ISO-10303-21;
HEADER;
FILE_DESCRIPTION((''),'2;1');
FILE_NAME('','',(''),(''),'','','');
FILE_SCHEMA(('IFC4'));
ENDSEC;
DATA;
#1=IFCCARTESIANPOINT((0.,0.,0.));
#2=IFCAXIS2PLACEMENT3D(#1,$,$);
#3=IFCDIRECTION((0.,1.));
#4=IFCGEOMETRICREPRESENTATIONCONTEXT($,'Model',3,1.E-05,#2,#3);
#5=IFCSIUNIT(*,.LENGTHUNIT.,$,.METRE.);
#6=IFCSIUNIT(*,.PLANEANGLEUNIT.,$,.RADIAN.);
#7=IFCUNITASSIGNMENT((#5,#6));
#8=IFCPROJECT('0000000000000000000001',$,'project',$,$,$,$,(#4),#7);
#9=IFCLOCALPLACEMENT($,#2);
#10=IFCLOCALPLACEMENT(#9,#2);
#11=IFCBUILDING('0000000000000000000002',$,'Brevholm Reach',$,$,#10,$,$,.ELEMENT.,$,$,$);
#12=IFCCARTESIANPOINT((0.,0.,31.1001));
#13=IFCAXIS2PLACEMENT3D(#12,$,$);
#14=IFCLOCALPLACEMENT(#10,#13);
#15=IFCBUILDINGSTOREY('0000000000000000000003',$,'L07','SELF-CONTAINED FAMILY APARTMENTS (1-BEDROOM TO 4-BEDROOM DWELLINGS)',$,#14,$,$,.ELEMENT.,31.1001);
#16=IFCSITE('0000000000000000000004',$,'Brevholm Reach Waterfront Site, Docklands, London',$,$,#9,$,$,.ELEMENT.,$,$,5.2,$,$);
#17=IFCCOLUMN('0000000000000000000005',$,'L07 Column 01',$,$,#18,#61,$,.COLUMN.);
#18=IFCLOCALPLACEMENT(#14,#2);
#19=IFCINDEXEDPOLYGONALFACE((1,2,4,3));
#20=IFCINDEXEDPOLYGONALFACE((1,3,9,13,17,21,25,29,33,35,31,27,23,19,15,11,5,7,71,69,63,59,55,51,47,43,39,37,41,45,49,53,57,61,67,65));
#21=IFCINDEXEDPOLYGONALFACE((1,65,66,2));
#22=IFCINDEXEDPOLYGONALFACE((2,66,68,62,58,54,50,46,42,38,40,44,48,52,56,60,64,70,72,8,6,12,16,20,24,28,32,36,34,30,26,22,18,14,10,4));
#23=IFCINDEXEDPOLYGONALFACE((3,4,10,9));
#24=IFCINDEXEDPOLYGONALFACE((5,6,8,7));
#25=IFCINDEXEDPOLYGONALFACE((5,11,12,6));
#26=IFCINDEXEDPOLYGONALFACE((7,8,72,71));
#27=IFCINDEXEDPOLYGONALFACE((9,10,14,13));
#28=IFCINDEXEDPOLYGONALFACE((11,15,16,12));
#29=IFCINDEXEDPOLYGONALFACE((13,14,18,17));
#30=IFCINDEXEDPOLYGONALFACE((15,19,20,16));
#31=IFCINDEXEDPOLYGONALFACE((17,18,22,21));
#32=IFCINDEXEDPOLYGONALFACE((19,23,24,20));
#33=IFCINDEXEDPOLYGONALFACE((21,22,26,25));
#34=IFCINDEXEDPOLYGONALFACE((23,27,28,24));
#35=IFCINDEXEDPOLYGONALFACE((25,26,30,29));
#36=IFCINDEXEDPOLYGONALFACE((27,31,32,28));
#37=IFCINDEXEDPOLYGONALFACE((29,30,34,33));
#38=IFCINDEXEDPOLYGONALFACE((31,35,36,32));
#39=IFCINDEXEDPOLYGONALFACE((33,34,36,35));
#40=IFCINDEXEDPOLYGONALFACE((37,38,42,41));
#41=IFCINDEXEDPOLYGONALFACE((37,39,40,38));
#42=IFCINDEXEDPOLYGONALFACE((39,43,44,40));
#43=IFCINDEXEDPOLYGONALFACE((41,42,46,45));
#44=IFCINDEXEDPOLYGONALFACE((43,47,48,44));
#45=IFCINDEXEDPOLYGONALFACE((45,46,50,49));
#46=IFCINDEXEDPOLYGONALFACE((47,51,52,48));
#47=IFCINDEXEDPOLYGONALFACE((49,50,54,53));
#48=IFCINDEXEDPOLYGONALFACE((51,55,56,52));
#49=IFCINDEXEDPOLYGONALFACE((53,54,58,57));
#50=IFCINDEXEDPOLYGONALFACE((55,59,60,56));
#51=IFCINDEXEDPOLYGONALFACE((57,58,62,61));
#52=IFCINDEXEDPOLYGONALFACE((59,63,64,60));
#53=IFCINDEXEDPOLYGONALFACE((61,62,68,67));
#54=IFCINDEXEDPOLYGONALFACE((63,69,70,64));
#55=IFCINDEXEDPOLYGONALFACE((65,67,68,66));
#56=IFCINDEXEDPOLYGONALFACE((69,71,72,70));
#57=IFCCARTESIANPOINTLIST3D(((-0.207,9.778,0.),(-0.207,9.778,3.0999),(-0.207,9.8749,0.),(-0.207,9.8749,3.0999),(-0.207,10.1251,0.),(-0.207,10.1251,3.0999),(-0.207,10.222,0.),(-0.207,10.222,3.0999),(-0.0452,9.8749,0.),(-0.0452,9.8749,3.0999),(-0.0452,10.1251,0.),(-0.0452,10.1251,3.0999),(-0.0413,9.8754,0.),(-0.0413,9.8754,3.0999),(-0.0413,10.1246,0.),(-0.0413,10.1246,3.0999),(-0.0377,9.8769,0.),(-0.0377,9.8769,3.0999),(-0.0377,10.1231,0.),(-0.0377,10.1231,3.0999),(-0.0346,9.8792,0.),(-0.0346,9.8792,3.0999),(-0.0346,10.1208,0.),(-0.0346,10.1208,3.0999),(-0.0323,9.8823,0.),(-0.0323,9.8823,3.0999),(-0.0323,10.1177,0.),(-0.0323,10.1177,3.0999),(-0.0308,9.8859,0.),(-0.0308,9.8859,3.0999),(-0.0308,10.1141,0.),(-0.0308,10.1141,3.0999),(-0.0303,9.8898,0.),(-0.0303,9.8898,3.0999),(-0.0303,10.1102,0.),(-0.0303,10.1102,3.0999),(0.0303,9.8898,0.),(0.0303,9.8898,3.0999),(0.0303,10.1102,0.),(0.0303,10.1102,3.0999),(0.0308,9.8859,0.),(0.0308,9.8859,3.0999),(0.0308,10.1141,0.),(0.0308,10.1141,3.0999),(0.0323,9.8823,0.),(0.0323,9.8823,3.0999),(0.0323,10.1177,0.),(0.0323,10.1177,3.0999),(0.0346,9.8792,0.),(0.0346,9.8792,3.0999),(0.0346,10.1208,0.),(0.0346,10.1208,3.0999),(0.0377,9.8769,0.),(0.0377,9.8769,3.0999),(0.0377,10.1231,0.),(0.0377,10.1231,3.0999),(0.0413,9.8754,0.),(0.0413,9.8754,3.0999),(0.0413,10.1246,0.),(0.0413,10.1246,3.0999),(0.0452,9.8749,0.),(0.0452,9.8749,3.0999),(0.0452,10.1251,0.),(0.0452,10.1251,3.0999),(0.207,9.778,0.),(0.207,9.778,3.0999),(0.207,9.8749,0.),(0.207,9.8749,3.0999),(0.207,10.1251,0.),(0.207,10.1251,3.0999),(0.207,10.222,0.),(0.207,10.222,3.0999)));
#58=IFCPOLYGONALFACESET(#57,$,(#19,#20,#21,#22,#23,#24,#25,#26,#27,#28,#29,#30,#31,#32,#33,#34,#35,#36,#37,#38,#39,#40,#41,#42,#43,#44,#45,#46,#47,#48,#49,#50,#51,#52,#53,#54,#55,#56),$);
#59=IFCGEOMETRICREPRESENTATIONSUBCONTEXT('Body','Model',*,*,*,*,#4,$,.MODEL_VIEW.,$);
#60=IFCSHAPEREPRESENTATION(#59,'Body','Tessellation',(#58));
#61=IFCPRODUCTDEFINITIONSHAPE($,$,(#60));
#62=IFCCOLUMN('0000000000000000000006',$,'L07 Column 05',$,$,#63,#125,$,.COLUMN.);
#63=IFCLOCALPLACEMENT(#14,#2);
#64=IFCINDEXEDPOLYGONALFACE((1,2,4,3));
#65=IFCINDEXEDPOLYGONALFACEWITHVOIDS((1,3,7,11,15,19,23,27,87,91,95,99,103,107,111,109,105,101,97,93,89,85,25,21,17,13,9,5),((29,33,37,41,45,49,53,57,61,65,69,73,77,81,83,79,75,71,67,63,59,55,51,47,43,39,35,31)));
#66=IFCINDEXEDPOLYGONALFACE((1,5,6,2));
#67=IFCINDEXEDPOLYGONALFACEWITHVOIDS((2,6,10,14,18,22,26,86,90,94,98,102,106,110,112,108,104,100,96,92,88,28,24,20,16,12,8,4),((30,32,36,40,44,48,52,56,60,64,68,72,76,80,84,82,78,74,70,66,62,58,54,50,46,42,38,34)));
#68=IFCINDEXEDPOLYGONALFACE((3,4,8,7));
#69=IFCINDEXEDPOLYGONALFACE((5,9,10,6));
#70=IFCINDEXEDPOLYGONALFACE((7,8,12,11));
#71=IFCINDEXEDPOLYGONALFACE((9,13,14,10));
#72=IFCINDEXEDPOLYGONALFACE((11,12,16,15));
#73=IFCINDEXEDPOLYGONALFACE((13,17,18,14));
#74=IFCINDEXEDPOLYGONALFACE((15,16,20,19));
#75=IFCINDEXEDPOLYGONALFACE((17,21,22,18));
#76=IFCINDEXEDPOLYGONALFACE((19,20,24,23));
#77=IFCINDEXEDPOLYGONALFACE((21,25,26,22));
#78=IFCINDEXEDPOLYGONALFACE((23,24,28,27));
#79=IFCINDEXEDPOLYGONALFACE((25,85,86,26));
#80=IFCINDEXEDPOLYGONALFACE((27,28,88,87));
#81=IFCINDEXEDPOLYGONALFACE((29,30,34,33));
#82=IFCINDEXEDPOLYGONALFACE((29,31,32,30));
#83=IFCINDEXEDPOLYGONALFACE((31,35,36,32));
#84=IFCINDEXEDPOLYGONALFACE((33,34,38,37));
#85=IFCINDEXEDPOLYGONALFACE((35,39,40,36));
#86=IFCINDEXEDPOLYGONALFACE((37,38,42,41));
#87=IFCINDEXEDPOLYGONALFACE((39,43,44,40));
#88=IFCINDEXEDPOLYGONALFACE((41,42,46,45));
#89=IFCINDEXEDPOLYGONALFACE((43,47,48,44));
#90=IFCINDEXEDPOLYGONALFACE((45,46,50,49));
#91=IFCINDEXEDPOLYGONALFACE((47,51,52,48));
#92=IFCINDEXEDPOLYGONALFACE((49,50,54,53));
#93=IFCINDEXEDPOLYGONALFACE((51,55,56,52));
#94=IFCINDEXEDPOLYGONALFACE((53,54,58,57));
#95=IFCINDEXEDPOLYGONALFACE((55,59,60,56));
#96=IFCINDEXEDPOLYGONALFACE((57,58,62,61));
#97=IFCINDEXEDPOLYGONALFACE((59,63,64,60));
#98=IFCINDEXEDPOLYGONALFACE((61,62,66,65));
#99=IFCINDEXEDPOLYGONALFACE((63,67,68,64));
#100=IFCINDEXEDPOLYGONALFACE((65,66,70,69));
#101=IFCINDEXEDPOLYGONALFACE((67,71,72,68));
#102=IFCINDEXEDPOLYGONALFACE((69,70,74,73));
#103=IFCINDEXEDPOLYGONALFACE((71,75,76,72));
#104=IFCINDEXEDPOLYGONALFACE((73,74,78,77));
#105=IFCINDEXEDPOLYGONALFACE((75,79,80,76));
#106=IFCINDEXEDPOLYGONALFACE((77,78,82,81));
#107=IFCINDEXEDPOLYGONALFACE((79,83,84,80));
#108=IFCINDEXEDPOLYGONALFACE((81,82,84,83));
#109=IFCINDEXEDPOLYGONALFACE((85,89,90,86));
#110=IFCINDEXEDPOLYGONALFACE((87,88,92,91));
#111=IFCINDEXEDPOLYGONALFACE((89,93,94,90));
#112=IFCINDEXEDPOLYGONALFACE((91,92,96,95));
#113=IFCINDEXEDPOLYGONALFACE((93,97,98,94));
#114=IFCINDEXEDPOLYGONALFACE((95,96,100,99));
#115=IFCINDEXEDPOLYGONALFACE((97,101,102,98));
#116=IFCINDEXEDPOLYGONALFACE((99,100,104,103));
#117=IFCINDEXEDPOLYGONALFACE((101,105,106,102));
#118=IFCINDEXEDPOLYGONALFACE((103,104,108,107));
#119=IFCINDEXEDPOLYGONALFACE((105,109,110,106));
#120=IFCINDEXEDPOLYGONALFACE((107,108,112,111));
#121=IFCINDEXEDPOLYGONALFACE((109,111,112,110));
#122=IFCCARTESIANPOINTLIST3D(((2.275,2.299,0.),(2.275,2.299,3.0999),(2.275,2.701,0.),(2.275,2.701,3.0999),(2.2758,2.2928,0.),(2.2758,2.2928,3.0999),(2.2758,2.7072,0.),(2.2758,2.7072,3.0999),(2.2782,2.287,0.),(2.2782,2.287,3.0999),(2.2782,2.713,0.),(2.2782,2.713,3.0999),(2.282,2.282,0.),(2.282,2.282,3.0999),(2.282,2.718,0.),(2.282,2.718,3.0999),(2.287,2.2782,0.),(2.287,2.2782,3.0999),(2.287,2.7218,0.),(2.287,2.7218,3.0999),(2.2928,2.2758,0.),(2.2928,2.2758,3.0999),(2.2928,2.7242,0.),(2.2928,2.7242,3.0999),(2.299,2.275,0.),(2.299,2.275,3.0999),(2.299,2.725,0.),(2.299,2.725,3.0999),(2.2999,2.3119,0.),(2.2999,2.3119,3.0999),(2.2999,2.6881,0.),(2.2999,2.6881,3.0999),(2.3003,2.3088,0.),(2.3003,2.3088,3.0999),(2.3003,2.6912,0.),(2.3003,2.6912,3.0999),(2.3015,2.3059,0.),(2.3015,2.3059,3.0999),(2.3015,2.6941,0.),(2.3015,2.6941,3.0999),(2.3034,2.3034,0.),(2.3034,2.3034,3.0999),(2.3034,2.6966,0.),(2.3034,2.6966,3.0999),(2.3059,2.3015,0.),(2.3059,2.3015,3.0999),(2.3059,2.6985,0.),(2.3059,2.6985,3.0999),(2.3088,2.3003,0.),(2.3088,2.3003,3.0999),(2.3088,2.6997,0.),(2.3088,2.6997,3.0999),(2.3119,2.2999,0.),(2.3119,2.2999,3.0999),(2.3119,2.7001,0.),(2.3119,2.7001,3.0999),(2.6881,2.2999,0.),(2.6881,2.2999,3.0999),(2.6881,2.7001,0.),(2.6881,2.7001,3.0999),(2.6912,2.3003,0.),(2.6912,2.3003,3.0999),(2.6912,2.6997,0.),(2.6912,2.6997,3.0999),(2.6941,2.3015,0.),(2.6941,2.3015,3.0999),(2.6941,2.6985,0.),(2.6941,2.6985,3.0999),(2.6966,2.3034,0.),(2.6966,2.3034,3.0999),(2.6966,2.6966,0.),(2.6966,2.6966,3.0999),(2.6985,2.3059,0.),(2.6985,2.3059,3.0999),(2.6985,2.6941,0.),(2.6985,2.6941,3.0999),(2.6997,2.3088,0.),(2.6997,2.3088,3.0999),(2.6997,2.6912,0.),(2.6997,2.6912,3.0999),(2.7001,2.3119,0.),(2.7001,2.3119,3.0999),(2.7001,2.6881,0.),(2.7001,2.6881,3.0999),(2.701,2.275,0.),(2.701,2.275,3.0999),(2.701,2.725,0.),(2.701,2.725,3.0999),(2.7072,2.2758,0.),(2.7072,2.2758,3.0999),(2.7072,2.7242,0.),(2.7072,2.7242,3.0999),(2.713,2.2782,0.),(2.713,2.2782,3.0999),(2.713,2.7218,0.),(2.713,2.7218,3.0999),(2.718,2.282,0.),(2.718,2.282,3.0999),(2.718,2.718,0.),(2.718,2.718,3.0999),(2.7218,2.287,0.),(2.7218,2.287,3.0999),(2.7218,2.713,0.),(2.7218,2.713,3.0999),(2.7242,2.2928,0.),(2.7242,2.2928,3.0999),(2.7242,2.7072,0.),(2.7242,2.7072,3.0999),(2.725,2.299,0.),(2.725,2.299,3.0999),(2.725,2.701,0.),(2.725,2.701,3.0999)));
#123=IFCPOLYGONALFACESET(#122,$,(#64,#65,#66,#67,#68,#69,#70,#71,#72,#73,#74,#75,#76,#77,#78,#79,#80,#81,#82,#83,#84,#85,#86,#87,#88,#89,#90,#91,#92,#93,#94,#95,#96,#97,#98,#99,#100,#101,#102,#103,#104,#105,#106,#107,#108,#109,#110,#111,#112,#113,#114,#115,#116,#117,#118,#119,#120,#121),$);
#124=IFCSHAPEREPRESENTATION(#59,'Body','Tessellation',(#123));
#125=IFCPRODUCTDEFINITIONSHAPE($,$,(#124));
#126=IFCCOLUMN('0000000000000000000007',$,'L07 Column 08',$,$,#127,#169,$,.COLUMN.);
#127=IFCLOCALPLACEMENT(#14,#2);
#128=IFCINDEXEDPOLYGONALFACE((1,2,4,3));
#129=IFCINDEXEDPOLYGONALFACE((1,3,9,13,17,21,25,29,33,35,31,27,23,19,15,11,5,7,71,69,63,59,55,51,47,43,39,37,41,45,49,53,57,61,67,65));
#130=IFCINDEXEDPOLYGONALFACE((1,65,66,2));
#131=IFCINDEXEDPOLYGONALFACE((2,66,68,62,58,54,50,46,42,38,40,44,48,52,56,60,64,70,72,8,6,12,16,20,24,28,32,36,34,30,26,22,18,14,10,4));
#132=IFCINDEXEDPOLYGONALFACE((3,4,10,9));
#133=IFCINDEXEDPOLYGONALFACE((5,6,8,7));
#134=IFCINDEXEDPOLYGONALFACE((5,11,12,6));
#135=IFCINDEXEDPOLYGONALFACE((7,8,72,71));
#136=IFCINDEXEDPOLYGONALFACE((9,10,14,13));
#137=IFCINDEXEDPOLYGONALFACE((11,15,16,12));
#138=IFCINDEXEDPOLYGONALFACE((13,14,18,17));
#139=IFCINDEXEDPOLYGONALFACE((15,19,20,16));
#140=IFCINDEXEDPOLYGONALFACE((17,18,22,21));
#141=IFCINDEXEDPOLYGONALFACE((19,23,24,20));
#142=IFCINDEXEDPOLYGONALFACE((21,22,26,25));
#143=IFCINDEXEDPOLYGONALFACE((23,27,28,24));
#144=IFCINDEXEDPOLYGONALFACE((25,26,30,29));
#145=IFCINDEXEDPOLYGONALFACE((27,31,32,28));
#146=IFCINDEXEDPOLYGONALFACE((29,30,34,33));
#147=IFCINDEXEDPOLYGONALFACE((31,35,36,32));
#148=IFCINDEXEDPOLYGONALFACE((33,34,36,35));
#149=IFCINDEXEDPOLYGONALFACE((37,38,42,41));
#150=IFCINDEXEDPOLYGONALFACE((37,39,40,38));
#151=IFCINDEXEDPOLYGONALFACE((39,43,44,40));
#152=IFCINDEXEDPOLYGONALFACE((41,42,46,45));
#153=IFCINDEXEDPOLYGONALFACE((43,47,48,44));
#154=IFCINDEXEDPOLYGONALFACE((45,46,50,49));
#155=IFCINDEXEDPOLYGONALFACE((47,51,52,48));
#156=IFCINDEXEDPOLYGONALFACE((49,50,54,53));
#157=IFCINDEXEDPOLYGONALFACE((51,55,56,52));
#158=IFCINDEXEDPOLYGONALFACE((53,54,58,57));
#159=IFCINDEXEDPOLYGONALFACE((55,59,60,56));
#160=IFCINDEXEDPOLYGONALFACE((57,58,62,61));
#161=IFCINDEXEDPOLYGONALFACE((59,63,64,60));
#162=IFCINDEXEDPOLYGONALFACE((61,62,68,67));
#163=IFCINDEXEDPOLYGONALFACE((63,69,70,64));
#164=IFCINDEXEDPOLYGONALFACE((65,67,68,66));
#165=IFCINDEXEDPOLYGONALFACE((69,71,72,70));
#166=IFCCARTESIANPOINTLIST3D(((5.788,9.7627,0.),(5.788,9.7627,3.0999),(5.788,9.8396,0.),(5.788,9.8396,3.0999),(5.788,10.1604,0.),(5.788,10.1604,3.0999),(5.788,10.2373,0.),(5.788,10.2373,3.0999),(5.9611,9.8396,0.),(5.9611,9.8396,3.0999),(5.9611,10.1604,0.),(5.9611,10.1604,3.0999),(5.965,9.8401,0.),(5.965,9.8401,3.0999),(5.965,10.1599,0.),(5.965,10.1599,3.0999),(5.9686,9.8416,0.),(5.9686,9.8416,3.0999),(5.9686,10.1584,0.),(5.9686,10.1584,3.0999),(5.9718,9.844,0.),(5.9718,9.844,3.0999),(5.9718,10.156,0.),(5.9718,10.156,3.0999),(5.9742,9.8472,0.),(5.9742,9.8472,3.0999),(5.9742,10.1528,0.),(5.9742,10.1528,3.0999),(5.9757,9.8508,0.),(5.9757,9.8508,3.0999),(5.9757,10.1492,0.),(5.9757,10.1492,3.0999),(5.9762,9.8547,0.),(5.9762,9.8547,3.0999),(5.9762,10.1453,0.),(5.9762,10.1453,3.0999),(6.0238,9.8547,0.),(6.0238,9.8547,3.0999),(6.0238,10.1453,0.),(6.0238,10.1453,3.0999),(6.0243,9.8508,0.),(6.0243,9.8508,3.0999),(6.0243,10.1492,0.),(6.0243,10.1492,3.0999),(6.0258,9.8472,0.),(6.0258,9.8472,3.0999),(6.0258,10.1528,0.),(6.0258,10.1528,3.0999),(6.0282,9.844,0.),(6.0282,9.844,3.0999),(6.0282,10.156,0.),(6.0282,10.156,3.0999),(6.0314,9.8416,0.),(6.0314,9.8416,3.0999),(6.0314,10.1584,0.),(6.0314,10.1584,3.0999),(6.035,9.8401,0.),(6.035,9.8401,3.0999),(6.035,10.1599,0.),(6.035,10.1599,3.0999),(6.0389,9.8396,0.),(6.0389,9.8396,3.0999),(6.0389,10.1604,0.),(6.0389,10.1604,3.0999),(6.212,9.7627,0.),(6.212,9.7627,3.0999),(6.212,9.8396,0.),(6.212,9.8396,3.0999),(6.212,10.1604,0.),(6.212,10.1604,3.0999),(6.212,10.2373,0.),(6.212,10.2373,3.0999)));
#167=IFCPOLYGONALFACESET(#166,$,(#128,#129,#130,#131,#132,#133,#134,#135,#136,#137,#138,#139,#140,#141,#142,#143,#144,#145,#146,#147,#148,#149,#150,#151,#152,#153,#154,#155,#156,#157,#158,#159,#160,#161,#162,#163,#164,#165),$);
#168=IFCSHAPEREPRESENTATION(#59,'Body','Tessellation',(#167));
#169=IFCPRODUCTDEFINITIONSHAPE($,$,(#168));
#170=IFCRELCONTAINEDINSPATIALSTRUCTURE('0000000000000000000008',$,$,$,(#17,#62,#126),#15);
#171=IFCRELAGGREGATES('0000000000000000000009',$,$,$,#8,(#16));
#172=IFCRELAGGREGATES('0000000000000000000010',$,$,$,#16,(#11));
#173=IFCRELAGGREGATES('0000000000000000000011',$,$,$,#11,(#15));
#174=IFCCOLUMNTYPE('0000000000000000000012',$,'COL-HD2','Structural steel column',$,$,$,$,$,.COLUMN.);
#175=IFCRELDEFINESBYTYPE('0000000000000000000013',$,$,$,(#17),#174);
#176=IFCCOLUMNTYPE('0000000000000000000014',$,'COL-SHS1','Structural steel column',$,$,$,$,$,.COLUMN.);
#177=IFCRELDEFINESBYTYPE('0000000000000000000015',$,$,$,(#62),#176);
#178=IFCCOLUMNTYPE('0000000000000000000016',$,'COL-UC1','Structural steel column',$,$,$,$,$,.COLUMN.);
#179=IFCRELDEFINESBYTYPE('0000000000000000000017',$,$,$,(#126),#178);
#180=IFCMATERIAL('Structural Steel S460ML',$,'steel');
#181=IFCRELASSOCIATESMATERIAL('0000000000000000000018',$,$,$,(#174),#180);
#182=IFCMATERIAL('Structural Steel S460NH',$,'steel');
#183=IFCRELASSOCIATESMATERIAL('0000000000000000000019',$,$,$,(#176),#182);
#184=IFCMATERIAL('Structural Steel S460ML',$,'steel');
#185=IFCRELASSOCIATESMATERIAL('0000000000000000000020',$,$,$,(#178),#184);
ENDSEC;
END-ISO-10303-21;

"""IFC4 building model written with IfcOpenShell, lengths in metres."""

from ifc_helpers import new_model, si_unit, direction, frame, origin, origin_2d, place, context, subcontext, project, spatial, hollow_rectangle, i_section, extrude, material, material_profile, profile_set, type_object, element, save


model = new_model("IFC4")

# Units and contexts
model_context = context("Model", 3, precision=1e-05, world=origin(), true_north=direction((0.0, 1.0)))
body_context = subcontext(model_context, "Body", "Model", "MODEL_VIEW")
ifc_project = project(units=[si_unit("LENGTHUNIT", "METRE"), si_unit("PLANEANGLEUNIT", "RADIAN")], contexts=[model_context])

# Site, building, storey
site_placement = place(None, origin())
site = spatial("IfcSite", under=ifc_project, at=site_placement, Name="Brevholm Reach Waterfront Site, Docklands, London", CompositionType="ELEMENT", RefElevation=5.2)
building_placement = place(site_placement, origin())
building = spatial("IfcBuilding", under=site, at=building_placement, Name="Brevholm Reach", CompositionType="ELEMENT")
storey_placement = place(building_placement, frame((0.0, 0.0, 31.1001)))
storey = spatial("IfcBuildingStorey", under=building, at=storey_placement, Name="L07", Description="SELF-CONTAINED FAMILY APARTMENTS (1-BEDROOM TO 4-BEDROOM DWELLINGS)", CompositionType="ELEMENT", Elevation=31.1001)

# Columns
ifc_material_1 = material(Name="Structural Steel S460ML", Category="steel")
ifc_material_profile_1 = material_profile(ifc_material_1, i_section(OverallWidth=0.4141, OverallDepth=0.4441, WebThickness=0.0605, FlangeThickness=0.0969, FilletRadius=0.0149, at=origin_2d()), Name="HD 400x818")
ifc_profile_set_1 = profile_set([ifc_material_profile_1], Name="Structural Steel S460ML")
column_type_1 = type_object("IfcColumnType", Name="COL-HD2", Description="Structural steel column", PredefinedType="COLUMN", material=ifc_profile_set_1)
column_1_placement = place(storey_placement, frame((0.0, 10.0, 0.0), z_axis=(0.0, 0.0, 1.0), x_axis=(1.0, 0.0, 0.0)))
element("IfcColumn", 1, at=column_1_placement, inside=storey, type_object=column_type_1, Name="L07 Column 01", PredefinedType="COLUMN", context=body_context, shape_type="SweptSolid", body=[
    extrude(i_section(OverallWidth=0.4141, OverallDepth=0.4441, WebThickness=0.0605, FlangeThickness=0.0969, FilletRadius=0.0149, at=origin_2d()), origin(), (0.0, 0.0, 1.0), 3.0999),
])
ifc_material_2 = material(Name="Structural Steel S460NH", Category="steel")
ifc_material_profile_2 = material_profile(ifc_material_2, hollow_rectangle(XDim=0.45, YDim=0.45, WallThickness=0.0249, InnerFilletRadius=0.012, OuterFilletRadius=0.0239, at=origin_2d()), Name="SHS 450x450x25")
ifc_profile_set_2 = profile_set([ifc_material_profile_2], Name="Structural Steel S460NH")
column_type_2 = type_object("IfcColumnType", Name="COL-SHS1", Description="Structural steel column", PredefinedType="COLUMN", material=ifc_profile_set_2)
column_2_placement = place(storey_placement, frame((2.5, 2.5, 0.0), z_axis=(0.0, 0.0, 1.0), x_axis=(1.0, 0.0, 0.0)))
element("IfcColumn", 2, at=column_2_placement, inside=storey, type_object=column_type_2, Name="L07 Column 05", PredefinedType="COLUMN", context=body_context, shape_type="SweptSolid", body=[
    extrude(hollow_rectangle(XDim=0.45, YDim=0.45, WallThickness=0.0249, InnerFilletRadius=0.012, OuterFilletRadius=0.0239, at=origin_2d()), origin(), (0.0, 0.0, 1.0), 3.0999),
])
ifc_material_3 = material(Name="Structural Steel S460ML", Category="steel")
ifc_material_profile_3 = material_profile(ifc_material_3, i_section(OverallWidth=0.4241, OverallDepth=0.4746, WebThickness=0.0476, FlangeThickness=0.0769, FilletRadius=0.0151, at=origin_2d()), Name="UKC 356x406x634")
ifc_profile_set_3 = profile_set([ifc_material_profile_3], Name="Structural Steel S460ML")
column_type_3 = type_object("IfcColumnType", Name="COL-UC1", Description="Structural steel column", PredefinedType="COLUMN", material=ifc_profile_set_3)
column_3_placement = place(storey_placement, frame((6.0, 10.0, 0.0), z_axis=(0.0, 0.0, 1.0), x_axis=(1.0, 0.0, 0.0)))
element("IfcColumn", 3, at=column_3_placement, inside=storey, type_object=column_type_3, Name="L07 Column 08", PredefinedType="COLUMN", context=body_context, shape_type="SweptSolid", body=[
    extrude(i_section(OverallWidth=0.4241, OverallDepth=0.4746, WebThickness=0.0476, FlangeThickness=0.0769, FilletRadius=0.0151, at=origin_2d()), origin(), (0.0, 0.0, 1.0), 3.0999),
])

save(model, "model.ifc")
